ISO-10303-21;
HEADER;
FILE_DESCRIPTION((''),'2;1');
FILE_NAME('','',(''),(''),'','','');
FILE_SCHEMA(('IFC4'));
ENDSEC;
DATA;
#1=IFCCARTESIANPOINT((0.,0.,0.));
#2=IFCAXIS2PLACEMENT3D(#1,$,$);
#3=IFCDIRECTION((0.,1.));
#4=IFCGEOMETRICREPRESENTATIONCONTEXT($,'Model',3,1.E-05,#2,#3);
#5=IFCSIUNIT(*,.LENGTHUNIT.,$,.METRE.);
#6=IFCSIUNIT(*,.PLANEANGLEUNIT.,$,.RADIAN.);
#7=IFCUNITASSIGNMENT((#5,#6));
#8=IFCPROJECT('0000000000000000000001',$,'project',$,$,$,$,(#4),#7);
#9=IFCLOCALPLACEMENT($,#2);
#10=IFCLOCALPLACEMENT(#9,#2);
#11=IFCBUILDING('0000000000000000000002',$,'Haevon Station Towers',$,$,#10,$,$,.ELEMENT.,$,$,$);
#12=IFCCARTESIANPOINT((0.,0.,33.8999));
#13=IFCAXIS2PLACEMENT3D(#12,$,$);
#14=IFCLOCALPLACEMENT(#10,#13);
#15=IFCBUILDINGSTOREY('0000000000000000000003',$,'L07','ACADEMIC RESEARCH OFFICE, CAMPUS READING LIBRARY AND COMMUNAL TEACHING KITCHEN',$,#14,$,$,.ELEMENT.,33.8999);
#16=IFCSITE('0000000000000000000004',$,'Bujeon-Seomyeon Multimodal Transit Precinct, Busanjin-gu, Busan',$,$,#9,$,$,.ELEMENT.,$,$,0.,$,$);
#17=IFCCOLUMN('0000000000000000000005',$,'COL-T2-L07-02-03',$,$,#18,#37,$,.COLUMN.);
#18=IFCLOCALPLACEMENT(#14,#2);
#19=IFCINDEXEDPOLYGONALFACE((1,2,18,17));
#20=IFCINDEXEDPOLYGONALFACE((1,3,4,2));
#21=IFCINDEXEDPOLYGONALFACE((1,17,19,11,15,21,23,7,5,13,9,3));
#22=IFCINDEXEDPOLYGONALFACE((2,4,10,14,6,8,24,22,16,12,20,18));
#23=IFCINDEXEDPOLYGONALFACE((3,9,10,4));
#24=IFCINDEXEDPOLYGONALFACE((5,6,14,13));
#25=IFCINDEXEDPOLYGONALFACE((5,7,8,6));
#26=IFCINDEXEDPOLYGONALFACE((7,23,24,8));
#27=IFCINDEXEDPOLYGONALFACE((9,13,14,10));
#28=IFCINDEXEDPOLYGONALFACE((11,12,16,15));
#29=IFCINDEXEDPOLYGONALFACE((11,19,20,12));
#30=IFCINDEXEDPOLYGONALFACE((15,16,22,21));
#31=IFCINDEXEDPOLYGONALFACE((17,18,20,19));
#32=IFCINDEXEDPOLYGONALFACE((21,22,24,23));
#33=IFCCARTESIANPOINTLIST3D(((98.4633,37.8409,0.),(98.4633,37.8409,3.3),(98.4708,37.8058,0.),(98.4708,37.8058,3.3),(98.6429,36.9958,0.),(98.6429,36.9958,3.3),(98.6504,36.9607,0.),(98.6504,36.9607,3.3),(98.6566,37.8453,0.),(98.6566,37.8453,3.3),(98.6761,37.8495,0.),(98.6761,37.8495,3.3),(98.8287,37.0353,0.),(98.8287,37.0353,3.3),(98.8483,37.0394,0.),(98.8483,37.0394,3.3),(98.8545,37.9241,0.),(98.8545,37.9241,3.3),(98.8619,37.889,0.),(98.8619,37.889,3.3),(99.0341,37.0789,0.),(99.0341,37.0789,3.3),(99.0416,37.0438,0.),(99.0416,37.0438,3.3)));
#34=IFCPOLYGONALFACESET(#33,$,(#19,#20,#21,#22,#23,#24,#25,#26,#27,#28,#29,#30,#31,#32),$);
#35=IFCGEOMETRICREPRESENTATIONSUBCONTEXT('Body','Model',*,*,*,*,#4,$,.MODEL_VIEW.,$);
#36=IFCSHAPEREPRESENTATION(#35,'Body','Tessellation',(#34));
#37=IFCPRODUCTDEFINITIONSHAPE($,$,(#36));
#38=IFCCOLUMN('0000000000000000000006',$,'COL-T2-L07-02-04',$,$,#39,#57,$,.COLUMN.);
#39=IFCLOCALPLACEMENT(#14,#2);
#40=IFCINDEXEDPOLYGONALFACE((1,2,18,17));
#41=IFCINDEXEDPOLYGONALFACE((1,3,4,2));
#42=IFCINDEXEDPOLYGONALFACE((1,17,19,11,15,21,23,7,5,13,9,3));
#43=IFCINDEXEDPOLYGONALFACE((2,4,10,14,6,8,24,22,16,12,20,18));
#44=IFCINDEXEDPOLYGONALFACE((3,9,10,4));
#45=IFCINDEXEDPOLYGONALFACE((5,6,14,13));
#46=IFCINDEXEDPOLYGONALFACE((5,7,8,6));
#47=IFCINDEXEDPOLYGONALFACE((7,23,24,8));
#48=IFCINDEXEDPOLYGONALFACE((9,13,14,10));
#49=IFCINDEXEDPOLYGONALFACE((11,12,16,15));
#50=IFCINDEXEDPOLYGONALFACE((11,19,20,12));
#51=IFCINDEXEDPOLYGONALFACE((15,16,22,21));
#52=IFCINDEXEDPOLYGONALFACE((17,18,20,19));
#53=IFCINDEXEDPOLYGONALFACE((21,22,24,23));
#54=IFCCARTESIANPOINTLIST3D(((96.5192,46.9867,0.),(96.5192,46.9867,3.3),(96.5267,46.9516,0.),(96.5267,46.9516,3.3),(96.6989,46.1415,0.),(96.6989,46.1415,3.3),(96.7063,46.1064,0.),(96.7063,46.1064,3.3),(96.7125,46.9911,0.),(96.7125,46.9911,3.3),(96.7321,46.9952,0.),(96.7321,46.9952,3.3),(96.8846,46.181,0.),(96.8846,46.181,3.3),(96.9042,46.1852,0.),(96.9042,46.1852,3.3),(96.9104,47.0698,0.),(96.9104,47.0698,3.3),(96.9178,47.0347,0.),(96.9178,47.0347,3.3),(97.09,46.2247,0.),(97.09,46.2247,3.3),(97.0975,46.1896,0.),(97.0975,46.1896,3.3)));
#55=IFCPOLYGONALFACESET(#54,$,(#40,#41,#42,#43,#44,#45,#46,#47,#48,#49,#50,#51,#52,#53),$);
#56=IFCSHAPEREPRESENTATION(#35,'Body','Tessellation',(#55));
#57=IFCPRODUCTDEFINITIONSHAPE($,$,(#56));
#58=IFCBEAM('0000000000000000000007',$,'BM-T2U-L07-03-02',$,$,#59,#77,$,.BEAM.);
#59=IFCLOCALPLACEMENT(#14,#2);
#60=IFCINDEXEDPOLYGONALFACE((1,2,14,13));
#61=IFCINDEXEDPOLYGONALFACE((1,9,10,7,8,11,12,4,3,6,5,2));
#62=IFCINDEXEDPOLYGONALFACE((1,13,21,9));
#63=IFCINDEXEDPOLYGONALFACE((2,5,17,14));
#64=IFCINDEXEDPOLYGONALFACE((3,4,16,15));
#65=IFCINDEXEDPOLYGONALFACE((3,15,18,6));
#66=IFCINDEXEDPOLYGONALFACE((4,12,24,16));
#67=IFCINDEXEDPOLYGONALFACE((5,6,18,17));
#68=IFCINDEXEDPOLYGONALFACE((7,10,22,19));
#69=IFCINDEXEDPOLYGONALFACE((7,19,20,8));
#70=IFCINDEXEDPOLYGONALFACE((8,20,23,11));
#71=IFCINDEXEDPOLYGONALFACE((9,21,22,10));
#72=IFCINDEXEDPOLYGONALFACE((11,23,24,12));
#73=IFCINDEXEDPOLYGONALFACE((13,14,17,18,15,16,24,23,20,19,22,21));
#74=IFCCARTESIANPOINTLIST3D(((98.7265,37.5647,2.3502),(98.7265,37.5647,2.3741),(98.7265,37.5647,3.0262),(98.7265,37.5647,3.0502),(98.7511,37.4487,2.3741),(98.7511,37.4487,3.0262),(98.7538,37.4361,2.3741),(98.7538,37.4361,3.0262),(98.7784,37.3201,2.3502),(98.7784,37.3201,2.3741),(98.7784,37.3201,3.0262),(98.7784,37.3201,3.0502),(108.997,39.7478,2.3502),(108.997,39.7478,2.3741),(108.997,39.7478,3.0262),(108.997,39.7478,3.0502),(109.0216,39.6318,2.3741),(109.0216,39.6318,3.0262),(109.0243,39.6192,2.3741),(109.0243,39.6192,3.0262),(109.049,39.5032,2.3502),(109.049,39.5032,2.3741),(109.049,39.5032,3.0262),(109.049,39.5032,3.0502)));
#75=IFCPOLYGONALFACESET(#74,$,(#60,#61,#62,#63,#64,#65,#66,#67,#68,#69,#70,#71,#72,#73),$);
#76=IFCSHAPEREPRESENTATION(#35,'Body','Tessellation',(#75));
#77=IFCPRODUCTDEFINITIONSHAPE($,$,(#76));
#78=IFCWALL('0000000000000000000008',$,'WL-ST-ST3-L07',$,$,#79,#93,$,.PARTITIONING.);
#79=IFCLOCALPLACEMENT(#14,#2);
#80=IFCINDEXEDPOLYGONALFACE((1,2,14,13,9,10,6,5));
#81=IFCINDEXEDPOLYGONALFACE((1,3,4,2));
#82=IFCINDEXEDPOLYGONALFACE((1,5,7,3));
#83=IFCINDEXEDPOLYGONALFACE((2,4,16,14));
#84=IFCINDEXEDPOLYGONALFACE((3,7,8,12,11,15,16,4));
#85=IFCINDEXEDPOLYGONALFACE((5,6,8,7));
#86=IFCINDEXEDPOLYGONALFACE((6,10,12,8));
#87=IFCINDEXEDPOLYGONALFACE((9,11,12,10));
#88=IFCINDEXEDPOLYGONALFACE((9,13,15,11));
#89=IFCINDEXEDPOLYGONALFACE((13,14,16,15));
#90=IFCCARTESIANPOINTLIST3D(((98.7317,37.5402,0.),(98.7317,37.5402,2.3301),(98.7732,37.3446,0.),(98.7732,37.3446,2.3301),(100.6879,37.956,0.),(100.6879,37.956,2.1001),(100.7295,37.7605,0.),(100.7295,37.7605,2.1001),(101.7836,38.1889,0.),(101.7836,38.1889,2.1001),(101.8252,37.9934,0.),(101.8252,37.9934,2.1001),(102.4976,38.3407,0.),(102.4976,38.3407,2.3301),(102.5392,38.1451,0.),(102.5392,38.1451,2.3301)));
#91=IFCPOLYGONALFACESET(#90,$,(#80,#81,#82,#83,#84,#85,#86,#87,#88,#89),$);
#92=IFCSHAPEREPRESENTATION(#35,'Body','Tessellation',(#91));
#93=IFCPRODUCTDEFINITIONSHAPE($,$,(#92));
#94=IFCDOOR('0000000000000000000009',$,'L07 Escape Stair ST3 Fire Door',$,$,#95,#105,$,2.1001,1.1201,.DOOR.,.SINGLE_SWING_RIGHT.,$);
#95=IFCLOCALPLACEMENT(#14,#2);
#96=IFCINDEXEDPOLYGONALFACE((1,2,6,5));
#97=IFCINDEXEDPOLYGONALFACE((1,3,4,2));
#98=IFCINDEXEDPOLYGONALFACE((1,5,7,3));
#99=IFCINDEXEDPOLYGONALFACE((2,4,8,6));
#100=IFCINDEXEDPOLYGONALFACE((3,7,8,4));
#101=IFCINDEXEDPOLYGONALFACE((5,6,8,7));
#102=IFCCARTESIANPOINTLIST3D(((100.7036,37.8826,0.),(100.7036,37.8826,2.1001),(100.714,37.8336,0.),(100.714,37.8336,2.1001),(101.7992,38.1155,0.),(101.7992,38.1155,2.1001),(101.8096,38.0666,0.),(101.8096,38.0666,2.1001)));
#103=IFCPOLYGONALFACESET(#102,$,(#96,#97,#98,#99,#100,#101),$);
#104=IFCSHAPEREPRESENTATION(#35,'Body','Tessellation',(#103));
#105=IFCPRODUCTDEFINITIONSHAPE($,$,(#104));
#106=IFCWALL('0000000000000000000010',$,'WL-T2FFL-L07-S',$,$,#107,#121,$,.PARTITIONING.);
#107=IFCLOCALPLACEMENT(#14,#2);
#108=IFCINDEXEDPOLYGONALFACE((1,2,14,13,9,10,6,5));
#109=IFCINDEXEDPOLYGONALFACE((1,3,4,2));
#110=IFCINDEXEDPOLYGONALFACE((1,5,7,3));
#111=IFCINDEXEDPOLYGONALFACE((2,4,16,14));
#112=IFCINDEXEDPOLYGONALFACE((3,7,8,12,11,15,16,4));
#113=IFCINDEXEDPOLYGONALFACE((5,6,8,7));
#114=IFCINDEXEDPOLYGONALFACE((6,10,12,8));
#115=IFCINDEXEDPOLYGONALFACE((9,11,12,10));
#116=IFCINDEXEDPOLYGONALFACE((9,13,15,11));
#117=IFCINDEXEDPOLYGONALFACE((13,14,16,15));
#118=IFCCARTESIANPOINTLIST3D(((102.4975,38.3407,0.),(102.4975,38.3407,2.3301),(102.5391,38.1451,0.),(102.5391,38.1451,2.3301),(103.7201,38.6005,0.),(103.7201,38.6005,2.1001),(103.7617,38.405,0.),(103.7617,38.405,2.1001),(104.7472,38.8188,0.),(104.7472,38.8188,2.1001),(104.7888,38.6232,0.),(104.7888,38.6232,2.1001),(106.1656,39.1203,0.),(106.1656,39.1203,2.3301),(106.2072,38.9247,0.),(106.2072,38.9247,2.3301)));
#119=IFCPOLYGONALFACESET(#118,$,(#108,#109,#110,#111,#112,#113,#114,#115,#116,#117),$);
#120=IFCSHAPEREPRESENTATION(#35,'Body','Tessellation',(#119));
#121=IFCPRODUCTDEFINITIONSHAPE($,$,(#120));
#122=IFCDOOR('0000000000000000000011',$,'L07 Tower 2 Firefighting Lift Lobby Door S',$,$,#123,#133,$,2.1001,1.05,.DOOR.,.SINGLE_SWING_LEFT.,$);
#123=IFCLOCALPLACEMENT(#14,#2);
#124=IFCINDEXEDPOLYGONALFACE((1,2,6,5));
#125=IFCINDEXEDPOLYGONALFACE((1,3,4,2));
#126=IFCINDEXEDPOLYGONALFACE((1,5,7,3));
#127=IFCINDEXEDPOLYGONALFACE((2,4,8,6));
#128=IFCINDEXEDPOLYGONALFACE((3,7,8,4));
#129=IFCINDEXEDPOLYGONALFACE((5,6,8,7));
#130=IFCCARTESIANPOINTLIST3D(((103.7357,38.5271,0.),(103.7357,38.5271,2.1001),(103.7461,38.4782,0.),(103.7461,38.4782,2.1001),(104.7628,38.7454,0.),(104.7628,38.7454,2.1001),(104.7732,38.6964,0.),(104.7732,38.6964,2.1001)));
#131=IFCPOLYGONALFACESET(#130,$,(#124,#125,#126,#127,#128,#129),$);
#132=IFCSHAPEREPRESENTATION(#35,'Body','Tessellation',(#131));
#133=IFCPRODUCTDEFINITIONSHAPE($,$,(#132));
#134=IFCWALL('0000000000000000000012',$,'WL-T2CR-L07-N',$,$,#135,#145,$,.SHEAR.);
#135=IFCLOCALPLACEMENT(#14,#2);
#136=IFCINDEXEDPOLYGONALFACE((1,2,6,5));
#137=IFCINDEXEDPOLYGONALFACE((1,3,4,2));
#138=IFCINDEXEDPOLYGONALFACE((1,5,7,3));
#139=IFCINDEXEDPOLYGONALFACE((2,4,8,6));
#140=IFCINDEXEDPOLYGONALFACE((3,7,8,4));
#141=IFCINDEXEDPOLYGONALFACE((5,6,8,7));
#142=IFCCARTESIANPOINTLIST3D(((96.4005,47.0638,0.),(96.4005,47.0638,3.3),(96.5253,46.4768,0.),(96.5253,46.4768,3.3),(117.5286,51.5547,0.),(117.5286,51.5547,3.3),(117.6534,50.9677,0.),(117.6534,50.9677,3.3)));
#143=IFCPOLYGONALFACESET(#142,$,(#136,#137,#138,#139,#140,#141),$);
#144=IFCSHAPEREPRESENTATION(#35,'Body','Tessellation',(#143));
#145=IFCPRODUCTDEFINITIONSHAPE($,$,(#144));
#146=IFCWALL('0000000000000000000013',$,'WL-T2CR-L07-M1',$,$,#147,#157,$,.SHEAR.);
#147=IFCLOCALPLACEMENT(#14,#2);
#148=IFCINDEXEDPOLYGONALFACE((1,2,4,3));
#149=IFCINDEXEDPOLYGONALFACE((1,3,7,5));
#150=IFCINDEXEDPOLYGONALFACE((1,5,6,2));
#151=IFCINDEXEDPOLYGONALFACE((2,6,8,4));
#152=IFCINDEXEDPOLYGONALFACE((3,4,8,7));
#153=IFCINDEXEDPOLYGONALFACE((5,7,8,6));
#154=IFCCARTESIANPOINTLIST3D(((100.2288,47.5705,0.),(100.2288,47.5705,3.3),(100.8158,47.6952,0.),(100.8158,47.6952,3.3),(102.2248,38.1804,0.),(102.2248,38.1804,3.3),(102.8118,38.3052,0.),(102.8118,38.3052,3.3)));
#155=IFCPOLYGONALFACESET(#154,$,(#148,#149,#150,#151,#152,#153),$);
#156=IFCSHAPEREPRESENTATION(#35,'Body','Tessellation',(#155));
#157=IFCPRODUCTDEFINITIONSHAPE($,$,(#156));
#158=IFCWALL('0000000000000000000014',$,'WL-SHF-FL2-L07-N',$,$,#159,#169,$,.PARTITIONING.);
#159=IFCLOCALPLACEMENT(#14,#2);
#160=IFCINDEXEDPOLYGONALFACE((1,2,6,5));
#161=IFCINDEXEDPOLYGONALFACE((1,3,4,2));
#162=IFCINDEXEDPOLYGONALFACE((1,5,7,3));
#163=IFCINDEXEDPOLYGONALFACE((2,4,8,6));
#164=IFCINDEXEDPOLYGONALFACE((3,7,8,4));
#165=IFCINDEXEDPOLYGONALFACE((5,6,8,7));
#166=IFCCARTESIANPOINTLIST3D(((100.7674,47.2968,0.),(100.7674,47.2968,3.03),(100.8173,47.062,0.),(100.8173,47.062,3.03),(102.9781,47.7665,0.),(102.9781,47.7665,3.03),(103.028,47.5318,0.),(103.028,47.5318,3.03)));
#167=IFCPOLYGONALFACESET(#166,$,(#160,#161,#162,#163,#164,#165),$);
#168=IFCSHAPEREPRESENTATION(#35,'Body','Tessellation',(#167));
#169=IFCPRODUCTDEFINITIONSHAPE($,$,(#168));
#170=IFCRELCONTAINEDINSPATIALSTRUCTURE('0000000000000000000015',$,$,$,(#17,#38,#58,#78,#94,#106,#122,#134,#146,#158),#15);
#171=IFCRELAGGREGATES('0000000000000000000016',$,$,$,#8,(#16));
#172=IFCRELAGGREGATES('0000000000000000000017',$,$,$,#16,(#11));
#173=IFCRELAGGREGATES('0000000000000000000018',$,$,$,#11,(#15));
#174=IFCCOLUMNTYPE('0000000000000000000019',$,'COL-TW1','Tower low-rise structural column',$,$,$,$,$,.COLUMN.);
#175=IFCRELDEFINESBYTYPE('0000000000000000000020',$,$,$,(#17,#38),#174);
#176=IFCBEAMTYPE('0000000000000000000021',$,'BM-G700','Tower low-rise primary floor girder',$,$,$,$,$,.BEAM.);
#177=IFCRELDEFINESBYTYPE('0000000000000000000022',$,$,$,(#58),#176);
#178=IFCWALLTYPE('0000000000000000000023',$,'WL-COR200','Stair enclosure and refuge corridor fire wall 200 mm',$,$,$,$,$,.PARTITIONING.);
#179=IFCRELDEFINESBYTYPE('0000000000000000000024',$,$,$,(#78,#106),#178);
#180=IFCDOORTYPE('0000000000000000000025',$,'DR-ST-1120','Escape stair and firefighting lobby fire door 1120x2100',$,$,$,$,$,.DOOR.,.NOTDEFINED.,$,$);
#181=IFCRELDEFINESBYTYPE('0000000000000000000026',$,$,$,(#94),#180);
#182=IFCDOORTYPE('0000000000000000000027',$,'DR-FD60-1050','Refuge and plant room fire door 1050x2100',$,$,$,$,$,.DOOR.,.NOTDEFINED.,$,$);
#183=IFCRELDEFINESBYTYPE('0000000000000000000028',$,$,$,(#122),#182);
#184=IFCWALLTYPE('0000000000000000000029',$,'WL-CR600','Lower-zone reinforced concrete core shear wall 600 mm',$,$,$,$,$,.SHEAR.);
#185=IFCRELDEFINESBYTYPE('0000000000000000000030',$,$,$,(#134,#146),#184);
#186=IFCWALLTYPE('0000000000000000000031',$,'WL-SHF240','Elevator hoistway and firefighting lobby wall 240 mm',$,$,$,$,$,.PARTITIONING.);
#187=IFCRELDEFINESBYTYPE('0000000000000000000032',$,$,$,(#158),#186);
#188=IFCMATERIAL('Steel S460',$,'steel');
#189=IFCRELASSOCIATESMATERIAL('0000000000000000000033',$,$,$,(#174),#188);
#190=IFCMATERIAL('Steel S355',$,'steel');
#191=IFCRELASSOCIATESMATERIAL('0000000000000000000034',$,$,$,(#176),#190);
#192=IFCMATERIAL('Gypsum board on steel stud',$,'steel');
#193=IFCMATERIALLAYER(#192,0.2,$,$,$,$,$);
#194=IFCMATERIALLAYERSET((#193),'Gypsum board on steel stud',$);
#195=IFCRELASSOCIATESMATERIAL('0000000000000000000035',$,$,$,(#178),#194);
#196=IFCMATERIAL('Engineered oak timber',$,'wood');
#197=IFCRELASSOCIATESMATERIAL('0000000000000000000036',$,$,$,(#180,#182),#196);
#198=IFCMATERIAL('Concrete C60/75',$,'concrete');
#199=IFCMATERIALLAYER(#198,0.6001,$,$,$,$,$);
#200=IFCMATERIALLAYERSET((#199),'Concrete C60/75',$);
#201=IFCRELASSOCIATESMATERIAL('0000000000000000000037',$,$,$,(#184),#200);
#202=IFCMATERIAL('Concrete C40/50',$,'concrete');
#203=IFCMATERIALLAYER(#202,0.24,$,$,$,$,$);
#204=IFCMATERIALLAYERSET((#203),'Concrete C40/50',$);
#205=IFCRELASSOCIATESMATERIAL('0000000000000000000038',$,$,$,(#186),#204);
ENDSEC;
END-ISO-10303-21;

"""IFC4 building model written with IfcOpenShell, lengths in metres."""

from ifc_helpers import new_model, si_unit, direction, frame, frame_2d, origin, origin_2d, place, context, subcontext, project, spatial, rectangle, i_section, extrude, material, layer, layer_set, material_profile, profile_set, type_object, element, fill, save


model = new_model("IFC4")

# Units and contexts
model_context = context("Model", 3, precision=1e-05, world=origin(), true_north=direction((0.0, 1.0)))
body_context = subcontext(model_context, "Body", "Model", "MODEL_VIEW")
ifc_project = project(units=[si_unit("LENGTHUNIT", "METRE"), si_unit("PLANEANGLEUNIT", "RADIAN")], contexts=[model_context])

# Site, building, storey
site_placement = place(None, origin())
site = spatial("IfcSite", under=ifc_project, at=site_placement, Name="Bujeon-Seomyeon Multimodal Transit Precinct, Busanjin-gu, Busan", CompositionType="ELEMENT", RefElevation=0.0)
building_placement = place(site_placement, origin())
building = spatial("IfcBuilding", under=site, at=building_placement, Name="Haevon Station Towers", CompositionType="ELEMENT")
storey_placement = place(building_placement, frame((0.0, 0.0, 33.8999)))
storey = spatial("IfcBuildingStorey", under=building, at=storey_placement, Name="L07", Description="ACADEMIC RESEARCH OFFICE, CAMPUS READING LIBRARY AND COMMUNAL TEACHING KITCHEN", CompositionType="ELEMENT", Elevation=33.8999)

# Columns
ifc_material_1 = material(Name="Steel S460", Category="steel")
ifc_material_profile_1 = material_profile(ifc_material_1, i_section(OverallWidth=0.3999, OverallDepth=0.8999, WebThickness=0.02, FlangeThickness=0.0359, at=origin_2d()), Name="H-900x400x20x36")
ifc_profile_set_1 = profile_set([ifc_material_profile_1], Name="Steel S460")
column_type = type_object("IfcColumnType", Name="COL-TW1", Description="Tower low-rise structural column", PredefinedType="COLUMN", material=ifc_profile_set_1)
for number, where, z_axis, x_axis, name in (
    (1, (98.7524, 37.4424, 0.0), (0.0, 0.0, 1.0), (0.978148, 0.207912, 0.0), "COL-T2-L07-02-03"),
    (2, (96.8083, 46.5881, 0.0), (0.0, 0.0, 1.0), (0.978148, 0.207912, 0.0), "COL-T2-L07-02-04"),
):
    element("IfcColumn", number, at=place(storey_placement, frame(where, z_axis=z_axis, x_axis=x_axis)), inside=storey, type_object=column_type, Name=name, PredefinedType="COLUMN", context=body_context, shape_type="SweptSolid", body=[
        extrude(i_section(OverallWidth=0.3999, OverallDepth=0.8999, WebThickness=0.02, FlangeThickness=0.0359, at=origin_2d()), origin(), (0.0, 0.0, 1.0), 3.3),
    ])

# Beam
ifc_material_2 = material(Name="Steel S355", Category="steel")
ifc_material_profile_2 = material_profile(ifc_material_2, i_section(OverallWidth=0.25, OverallDepth=0.7, WebThickness=0.0129, FlangeThickness=0.0239, at=origin_2d()), Name="H-700x250x13x24")
ifc_profile_set_2 = profile_set([ifc_material_profile_2], Name="Steel S355")
beam_type = type_object("IfcBeamType", Name="BM-G700", Description="Tower low-rise primary floor girder", PredefinedType="BEAM", material=ifc_profile_set_2)
beam_placement = place(storey_placement, frame((98.7524, 37.4424, 2.7002), z_axis=(0.978147, 0.207915, 0.0), x_axis=(-0.207915, 0.978147, 0.0)))
element("IfcBeam", 3, at=beam_placement, inside=storey, type_object=beam_type, Name="BM-T2U-L07-03-02", PredefinedType="BEAM", context=body_context, shape_type="SweptSolid", body=[
    extrude(i_section(OverallWidth=0.25, OverallDepth=0.7, WebThickness=0.0129, FlangeThickness=0.0239, at=origin_2d()), origin(), (0.0, 0.0, 1.0), 10.5),
])

# Walls, openings, doors
ifc_material_3 = material(Name="Gypsum board on steel stud", Category="steel")
ifc_layer_1 = layer(ifc_material_3, 0.2)
ifc_layer_set_1 = layer_set([ifc_layer_1], Name="Gypsum board on steel stud")
wall_type_1 = type_object("IfcWallType", Name="WL-COR200", Description="Stair enclosure and refuge corridor fire wall 200 mm", PredefinedType="PARTITIONING", material=ifc_layer_set_1)
wall_1_placement = place(storey_placement, frame((98.7524, 37.4424, 0.0), z_axis=(0.0, 0.0, 1.0), x_axis=(0.978144, 0.207931, 0.0)))
wall_1 = element("IfcWall", 4, at=wall_1_placement, inside=storey, type_object=wall_type_1, Name="WL-ST-ST3-L07", PredefinedType="PARTITIONING", context=body_context, shape_type="SweptSolid", body=[
    extrude(rectangle(XDim=3.8501, YDim=0.2, at=frame_2d((1.925, 0.0))), origin(), (0.0, 0.0, 1.0), 2.3301),
])
opening_1_placement = place(wall_1_placement, frame((2.0, 0.0, 0.0)))
opening_1 = element("IfcOpeningElement", 5, at=opening_1_placement, cuts=wall_1, PredefinedType="OPENING", context=body_context, shape_type="SweptSolid", body=[
    extrude(rectangle(XDim=1.1201, YDim=2.1001, at=frame_2d((0.5601, 1.05))), frame((0.0, 0.1099, 0.0), z_axis=(0.0, -1.0, 0.0), x_axis=(1.0, 0.0, 0.0)), (0.0, 0.0, 1.0), 0.22),
])
ifc_material_4 = material(Name="Engineered oak timber", Category="wood")
door_type_1 = type_object("IfcDoorType", Name="DR-ST-1120", Description="Escape stair and firefighting lobby fire door 1120x2100", OperationType="NOTDEFINED", PredefinedType="DOOR", material=ifc_material_4)
door_1_placement = place(opening_1_placement, origin())
door_1 = element("IfcDoor", 6, at=door_1_placement, inside=storey, type_object=door_type_1, Name="L07 Escape Stair ST3 Fire Door", OperationType="SINGLE_SWING_RIGHT", OverallHeight=2.1001, OverallWidth=1.1201, PredefinedType="DOOR", context=body_context, shape_type="SweptSolid", body=[
    extrude(rectangle(XDim=1.1201, YDim=2.1001, at=frame_2d((0.5601, 1.05))), frame((0.0, 0.0249, 0.0), z_axis=(0.0, -1.0, 0.0), x_axis=(1.0, 0.0, 0.0)), (0.0, 0.0, 1.0), 0.05),
])
fill(opening_1, door_1)
wall_2_placement = place(storey_placement, frame((102.5183, 38.2429, 0.0), z_axis=(0.0, 0.0, 1.0), x_axis=(0.978154, 0.207884, 0.0)))
wall_2 = element("IfcWall", 7, at=wall_2_placement, inside=storey, type_object=wall_type_1, Name="WL-T2FFL-L07-S", PredefinedType="PARTITIONING", context=body_context, shape_type="SweptSolid", body=[
    extrude(rectangle(XDim=3.75, YDim=0.2, at=frame_2d((1.875, 0.0))), origin(), (0.0, 0.0, 1.0), 2.3301),
])
opening_2_placement = place(wall_2_placement, frame((1.25, 0.0, 0.0)))
opening_2 = element("IfcOpeningElement", 8, at=opening_2_placement, cuts=wall_2, PredefinedType="OPENING", context=body_context, shape_type="SweptSolid", body=[
    extrude(rectangle(XDim=1.05, YDim=2.1001, at=frame_2d((0.5249, 1.05))), frame((0.0, 0.1099, 0.0), z_axis=(0.0, -1.0, 0.0), x_axis=(1.0, 0.0, 0.0)), (0.0, 0.0, 1.0), 0.22),
])
door_type_2 = type_object("IfcDoorType", Name="DR-FD60-1050", Description="Refuge and plant room fire door 1050x2100", OperationType="NOTDEFINED", PredefinedType="DOOR", material=ifc_material_4)
door_2_placement = place(opening_2_placement, origin())
door_2 = element("IfcDoor", 9, at=door_2_placement, inside=storey, type_object=door_type_2, Name="L07 Tower 2 Firefighting Lift Lobby Door S", OperationType="SINGLE_SWING_LEFT", OverallHeight=2.1001, OverallWidth=1.05, PredefinedType="DOOR", context=body_context, shape_type="SweptSolid", body=[
    extrude(rectangle(XDim=1.05, YDim=2.1001, at=frame_2d((0.5249, 1.05))), frame((0.0, 0.0249, 0.0), z_axis=(0.0, -1.0, 0.0), x_axis=(1.0, 0.0, 0.0)), (0.0, 0.0, 1.0), 0.05),
])
fill(opening_2, door_2)

# Walls
ifc_material_5 = material(Name="Concrete C60/75", Category="concrete")
ifc_layer_2 = layer(ifc_material_5, 0.6001)
ifc_layer_set_2 = layer_set([ifc_layer_2], Name="Concrete C60/75")
wall_type_2 = type_object("IfcWallType", Name="WL-CR600", Description="Lower-zone reinforced concrete core shear wall 600 mm", PredefinedType="SHEAR", material=ifc_layer_set_2)
wall_3_placement = place(storey_placement, frame((96.4629, 46.7703, 0.0), z_axis=(0.0, 0.0, 1.0), x_axis=(0.978147, 0.207913, 0.0)))
element("IfcWall", 10, at=wall_3_placement, inside=storey, type_object=wall_type_2, Name="WL-T2CR-L07-N", PredefinedType="SHEAR", context=body_context, shape_type="SweptSolid", body=[
    extrude(rectangle(XDim=21.6001, YDim=0.6001, at=frame_2d((10.8, 0.0))), origin(), (0.0, 0.0, 1.0), 3.3),
])
wall_4_placement = place(storey_placement, frame((102.5183, 38.2429, 0.0), z_axis=(0.0, 0.0, 1.0), x_axis=(-0.207927, 0.978144, 0.0)))
element("IfcWall", 11, at=wall_4_placement, inside=storey, type_object=wall_type_2, Name="WL-T2CR-L07-M1", PredefinedType="SHEAR", context=body_context, shape_type="SweptSolid", body=[
    extrude(rectangle(XDim=9.5999, YDim=0.6001, at=frame_2d((4.7998, 0.0))), origin(), (0.0, 0.0, 1.0), 3.3),
])

# Shared definitions
ifc_material_6 = material(Name="Concrete C40/50", Category="concrete")
ifc_layer_3 = layer(ifc_material_6, 0.24)
ifc_layer_set_3 = layer_set([ifc_layer_3], Name="Concrete C40/50")
wall_type_3 = type_object("IfcWallType", Name="WL-SHF240", Description="Elevator hoistway and firefighting lobby wall 240 mm", PredefinedType="PARTITIONING", material=ifc_layer_set_3)

# Wall
wall_5_placement = place(storey_placement, frame((100.7925, 47.1794, 0.0), z_axis=(0.0, 0.0, 1.0), x_axis=(0.978163, 0.207839, 0.0)))
element("IfcWall", 12, at=wall_5_placement, inside=storey, type_object=wall_type_3, Name="WL-SHF-FL2-L07-N", PredefinedType="PARTITIONING", context=body_context, shape_type="SweptSolid", body=[
    extrude(rectangle(XDim=2.26, YDim=0.24, at=frame_2d((1.1299, 0.0))), origin(), (0.0, 0.0, 1.0), 3.03),
])

save(model, "model.ifc")
